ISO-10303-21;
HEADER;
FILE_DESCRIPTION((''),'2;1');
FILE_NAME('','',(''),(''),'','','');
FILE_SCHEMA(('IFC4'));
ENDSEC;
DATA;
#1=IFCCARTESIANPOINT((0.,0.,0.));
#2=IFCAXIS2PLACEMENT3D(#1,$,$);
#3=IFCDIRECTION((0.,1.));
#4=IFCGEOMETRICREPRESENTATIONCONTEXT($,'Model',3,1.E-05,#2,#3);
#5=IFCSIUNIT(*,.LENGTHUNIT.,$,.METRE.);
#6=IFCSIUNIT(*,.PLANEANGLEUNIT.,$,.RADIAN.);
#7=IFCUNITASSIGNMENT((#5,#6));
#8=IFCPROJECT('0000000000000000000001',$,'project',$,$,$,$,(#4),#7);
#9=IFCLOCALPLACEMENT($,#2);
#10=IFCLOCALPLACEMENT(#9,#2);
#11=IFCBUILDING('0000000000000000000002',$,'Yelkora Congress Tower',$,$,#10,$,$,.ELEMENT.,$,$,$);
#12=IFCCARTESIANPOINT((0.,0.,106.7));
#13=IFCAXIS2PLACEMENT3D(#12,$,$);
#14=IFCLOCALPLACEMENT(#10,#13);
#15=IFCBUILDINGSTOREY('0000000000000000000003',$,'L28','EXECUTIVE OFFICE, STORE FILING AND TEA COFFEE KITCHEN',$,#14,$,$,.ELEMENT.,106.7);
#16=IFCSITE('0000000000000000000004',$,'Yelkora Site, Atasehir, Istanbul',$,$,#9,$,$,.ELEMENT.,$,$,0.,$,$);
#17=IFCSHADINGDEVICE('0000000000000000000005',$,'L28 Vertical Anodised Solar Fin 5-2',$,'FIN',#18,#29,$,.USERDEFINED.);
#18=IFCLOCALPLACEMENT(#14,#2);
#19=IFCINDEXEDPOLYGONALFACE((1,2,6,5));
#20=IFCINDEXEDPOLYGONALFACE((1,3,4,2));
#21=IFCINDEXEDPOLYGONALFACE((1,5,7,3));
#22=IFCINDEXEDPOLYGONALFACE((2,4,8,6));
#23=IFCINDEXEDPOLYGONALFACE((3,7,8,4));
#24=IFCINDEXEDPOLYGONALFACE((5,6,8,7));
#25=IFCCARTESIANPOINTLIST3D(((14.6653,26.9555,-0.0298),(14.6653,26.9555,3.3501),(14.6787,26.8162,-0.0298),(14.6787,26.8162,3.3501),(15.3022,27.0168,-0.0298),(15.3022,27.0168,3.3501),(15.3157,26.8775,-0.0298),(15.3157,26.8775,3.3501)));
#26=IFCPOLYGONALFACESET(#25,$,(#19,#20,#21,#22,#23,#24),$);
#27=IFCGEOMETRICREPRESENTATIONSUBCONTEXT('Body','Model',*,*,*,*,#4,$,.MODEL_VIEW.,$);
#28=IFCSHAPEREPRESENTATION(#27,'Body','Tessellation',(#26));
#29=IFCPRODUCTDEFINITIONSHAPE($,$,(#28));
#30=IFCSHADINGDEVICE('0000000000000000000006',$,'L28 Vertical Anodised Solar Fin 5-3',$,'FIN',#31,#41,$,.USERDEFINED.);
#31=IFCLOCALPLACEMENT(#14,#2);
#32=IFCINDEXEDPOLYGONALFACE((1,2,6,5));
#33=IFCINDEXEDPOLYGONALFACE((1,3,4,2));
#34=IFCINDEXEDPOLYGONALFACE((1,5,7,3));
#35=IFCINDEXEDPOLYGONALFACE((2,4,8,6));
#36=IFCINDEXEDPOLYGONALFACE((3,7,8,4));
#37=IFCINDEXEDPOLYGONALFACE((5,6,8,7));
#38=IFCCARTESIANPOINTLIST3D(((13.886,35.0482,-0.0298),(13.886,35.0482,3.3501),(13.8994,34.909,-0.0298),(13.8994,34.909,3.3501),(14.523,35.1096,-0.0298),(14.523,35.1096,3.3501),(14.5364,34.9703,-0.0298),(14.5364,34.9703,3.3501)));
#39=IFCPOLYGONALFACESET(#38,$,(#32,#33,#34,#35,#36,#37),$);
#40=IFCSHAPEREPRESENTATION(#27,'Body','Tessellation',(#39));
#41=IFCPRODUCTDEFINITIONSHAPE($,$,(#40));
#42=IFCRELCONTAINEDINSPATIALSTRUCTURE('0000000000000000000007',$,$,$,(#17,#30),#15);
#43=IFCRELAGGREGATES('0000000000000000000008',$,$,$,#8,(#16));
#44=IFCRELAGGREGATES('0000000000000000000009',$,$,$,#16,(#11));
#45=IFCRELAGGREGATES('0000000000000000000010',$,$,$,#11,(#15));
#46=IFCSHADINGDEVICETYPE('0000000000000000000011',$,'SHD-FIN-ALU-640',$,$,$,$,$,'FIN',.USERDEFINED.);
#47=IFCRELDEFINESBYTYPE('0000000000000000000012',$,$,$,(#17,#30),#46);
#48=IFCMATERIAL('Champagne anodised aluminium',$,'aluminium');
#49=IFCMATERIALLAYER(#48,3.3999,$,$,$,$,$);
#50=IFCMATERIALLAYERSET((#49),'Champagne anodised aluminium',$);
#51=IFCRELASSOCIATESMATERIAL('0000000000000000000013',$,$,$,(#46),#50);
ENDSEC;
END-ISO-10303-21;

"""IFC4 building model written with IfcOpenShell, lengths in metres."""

from ifc_helpers import new_model, si_unit, direction, frame, origin, origin_2d, place, context, subcontext, project, spatial, rectangle, extrude, material, layer, layer_set, type_object, element, save


model = new_model("IFC4")

# Units and contexts
model_context = context("Model", 3, precision=1e-05, world=origin(), true_north=direction((0.0, 1.0)))
body_context = subcontext(model_context, "Body", "Model", "MODEL_VIEW")
ifc_project = project(units=[si_unit("LENGTHUNIT", "METRE"), si_unit("PLANEANGLEUNIT", "RADIAN")], contexts=[model_context])

# Site, building, storey
site_placement = place(None, origin())
site = spatial("IfcSite", under=ifc_project, at=site_placement, Name="Yelkora Site, Atasehir, Istanbul", CompositionType="ELEMENT", RefElevation=0.0)
building_placement = place(site_placement, origin())
building = spatial("IfcBuilding", under=site, at=building_placement, Name="Yelkora Congress Tower", CompositionType="ELEMENT")
storey_placement = place(building_placement, frame((0.0, 0.0, 106.7)))
storey = spatial("IfcBuildingStorey", under=building, at=storey_placement, Name="L28", Description="EXECUTIVE OFFICE, STORE FILING AND TEA COFFEE KITCHEN", CompositionType="ELEMENT", Elevation=106.7)

# Shading devices
ifc_material_1 = material(Name="Champagne anodised aluminium", Category="aluminium")
ifc_layer_1 = layer(ifc_material_1, 3.3999)
ifc_layer_set_1 = layer_set([ifc_layer_1], Name="Champagne anodised aluminium")
shading_device_type = type_object("IfcShadingDeviceType", Name="SHD-FIN-ALU-640", ElementType="FIN", PredefinedType="USERDEFINED", material=ifc_layer_set_1)
for number, where, z_axis, x_axis, name in (
    (1, (14.9905, 26.9165, -0.0298), (0.0, 0.0, 1.0), (-0.095846, 0.995396, 0.0), "L28 Vertical Anodised Solar Fin 5-2"),
    (2, (14.2112, 35.0093, -0.0298), (0.0, 0.0, 1.0), (-0.095846, 0.995396, 0.0), "L28 Vertical Anodised Solar Fin 5-3"),
):
    element("IfcShadingDevice", number, at=place(storey_placement, frame(where, z_axis=z_axis, x_axis=x_axis)), inside=storey, type_object=shading_device_type, Name=name, ObjectType="FIN", PredefinedType="USERDEFINED", context=body_context, shape_type="SweptSolid", body=[
        extrude(rectangle(XDim=0.1399, YDim=0.6399, at=origin_2d()), origin(), (0.0, 0.0, 1.0), 3.3799),
    ])

save(model, "model.ifc")
